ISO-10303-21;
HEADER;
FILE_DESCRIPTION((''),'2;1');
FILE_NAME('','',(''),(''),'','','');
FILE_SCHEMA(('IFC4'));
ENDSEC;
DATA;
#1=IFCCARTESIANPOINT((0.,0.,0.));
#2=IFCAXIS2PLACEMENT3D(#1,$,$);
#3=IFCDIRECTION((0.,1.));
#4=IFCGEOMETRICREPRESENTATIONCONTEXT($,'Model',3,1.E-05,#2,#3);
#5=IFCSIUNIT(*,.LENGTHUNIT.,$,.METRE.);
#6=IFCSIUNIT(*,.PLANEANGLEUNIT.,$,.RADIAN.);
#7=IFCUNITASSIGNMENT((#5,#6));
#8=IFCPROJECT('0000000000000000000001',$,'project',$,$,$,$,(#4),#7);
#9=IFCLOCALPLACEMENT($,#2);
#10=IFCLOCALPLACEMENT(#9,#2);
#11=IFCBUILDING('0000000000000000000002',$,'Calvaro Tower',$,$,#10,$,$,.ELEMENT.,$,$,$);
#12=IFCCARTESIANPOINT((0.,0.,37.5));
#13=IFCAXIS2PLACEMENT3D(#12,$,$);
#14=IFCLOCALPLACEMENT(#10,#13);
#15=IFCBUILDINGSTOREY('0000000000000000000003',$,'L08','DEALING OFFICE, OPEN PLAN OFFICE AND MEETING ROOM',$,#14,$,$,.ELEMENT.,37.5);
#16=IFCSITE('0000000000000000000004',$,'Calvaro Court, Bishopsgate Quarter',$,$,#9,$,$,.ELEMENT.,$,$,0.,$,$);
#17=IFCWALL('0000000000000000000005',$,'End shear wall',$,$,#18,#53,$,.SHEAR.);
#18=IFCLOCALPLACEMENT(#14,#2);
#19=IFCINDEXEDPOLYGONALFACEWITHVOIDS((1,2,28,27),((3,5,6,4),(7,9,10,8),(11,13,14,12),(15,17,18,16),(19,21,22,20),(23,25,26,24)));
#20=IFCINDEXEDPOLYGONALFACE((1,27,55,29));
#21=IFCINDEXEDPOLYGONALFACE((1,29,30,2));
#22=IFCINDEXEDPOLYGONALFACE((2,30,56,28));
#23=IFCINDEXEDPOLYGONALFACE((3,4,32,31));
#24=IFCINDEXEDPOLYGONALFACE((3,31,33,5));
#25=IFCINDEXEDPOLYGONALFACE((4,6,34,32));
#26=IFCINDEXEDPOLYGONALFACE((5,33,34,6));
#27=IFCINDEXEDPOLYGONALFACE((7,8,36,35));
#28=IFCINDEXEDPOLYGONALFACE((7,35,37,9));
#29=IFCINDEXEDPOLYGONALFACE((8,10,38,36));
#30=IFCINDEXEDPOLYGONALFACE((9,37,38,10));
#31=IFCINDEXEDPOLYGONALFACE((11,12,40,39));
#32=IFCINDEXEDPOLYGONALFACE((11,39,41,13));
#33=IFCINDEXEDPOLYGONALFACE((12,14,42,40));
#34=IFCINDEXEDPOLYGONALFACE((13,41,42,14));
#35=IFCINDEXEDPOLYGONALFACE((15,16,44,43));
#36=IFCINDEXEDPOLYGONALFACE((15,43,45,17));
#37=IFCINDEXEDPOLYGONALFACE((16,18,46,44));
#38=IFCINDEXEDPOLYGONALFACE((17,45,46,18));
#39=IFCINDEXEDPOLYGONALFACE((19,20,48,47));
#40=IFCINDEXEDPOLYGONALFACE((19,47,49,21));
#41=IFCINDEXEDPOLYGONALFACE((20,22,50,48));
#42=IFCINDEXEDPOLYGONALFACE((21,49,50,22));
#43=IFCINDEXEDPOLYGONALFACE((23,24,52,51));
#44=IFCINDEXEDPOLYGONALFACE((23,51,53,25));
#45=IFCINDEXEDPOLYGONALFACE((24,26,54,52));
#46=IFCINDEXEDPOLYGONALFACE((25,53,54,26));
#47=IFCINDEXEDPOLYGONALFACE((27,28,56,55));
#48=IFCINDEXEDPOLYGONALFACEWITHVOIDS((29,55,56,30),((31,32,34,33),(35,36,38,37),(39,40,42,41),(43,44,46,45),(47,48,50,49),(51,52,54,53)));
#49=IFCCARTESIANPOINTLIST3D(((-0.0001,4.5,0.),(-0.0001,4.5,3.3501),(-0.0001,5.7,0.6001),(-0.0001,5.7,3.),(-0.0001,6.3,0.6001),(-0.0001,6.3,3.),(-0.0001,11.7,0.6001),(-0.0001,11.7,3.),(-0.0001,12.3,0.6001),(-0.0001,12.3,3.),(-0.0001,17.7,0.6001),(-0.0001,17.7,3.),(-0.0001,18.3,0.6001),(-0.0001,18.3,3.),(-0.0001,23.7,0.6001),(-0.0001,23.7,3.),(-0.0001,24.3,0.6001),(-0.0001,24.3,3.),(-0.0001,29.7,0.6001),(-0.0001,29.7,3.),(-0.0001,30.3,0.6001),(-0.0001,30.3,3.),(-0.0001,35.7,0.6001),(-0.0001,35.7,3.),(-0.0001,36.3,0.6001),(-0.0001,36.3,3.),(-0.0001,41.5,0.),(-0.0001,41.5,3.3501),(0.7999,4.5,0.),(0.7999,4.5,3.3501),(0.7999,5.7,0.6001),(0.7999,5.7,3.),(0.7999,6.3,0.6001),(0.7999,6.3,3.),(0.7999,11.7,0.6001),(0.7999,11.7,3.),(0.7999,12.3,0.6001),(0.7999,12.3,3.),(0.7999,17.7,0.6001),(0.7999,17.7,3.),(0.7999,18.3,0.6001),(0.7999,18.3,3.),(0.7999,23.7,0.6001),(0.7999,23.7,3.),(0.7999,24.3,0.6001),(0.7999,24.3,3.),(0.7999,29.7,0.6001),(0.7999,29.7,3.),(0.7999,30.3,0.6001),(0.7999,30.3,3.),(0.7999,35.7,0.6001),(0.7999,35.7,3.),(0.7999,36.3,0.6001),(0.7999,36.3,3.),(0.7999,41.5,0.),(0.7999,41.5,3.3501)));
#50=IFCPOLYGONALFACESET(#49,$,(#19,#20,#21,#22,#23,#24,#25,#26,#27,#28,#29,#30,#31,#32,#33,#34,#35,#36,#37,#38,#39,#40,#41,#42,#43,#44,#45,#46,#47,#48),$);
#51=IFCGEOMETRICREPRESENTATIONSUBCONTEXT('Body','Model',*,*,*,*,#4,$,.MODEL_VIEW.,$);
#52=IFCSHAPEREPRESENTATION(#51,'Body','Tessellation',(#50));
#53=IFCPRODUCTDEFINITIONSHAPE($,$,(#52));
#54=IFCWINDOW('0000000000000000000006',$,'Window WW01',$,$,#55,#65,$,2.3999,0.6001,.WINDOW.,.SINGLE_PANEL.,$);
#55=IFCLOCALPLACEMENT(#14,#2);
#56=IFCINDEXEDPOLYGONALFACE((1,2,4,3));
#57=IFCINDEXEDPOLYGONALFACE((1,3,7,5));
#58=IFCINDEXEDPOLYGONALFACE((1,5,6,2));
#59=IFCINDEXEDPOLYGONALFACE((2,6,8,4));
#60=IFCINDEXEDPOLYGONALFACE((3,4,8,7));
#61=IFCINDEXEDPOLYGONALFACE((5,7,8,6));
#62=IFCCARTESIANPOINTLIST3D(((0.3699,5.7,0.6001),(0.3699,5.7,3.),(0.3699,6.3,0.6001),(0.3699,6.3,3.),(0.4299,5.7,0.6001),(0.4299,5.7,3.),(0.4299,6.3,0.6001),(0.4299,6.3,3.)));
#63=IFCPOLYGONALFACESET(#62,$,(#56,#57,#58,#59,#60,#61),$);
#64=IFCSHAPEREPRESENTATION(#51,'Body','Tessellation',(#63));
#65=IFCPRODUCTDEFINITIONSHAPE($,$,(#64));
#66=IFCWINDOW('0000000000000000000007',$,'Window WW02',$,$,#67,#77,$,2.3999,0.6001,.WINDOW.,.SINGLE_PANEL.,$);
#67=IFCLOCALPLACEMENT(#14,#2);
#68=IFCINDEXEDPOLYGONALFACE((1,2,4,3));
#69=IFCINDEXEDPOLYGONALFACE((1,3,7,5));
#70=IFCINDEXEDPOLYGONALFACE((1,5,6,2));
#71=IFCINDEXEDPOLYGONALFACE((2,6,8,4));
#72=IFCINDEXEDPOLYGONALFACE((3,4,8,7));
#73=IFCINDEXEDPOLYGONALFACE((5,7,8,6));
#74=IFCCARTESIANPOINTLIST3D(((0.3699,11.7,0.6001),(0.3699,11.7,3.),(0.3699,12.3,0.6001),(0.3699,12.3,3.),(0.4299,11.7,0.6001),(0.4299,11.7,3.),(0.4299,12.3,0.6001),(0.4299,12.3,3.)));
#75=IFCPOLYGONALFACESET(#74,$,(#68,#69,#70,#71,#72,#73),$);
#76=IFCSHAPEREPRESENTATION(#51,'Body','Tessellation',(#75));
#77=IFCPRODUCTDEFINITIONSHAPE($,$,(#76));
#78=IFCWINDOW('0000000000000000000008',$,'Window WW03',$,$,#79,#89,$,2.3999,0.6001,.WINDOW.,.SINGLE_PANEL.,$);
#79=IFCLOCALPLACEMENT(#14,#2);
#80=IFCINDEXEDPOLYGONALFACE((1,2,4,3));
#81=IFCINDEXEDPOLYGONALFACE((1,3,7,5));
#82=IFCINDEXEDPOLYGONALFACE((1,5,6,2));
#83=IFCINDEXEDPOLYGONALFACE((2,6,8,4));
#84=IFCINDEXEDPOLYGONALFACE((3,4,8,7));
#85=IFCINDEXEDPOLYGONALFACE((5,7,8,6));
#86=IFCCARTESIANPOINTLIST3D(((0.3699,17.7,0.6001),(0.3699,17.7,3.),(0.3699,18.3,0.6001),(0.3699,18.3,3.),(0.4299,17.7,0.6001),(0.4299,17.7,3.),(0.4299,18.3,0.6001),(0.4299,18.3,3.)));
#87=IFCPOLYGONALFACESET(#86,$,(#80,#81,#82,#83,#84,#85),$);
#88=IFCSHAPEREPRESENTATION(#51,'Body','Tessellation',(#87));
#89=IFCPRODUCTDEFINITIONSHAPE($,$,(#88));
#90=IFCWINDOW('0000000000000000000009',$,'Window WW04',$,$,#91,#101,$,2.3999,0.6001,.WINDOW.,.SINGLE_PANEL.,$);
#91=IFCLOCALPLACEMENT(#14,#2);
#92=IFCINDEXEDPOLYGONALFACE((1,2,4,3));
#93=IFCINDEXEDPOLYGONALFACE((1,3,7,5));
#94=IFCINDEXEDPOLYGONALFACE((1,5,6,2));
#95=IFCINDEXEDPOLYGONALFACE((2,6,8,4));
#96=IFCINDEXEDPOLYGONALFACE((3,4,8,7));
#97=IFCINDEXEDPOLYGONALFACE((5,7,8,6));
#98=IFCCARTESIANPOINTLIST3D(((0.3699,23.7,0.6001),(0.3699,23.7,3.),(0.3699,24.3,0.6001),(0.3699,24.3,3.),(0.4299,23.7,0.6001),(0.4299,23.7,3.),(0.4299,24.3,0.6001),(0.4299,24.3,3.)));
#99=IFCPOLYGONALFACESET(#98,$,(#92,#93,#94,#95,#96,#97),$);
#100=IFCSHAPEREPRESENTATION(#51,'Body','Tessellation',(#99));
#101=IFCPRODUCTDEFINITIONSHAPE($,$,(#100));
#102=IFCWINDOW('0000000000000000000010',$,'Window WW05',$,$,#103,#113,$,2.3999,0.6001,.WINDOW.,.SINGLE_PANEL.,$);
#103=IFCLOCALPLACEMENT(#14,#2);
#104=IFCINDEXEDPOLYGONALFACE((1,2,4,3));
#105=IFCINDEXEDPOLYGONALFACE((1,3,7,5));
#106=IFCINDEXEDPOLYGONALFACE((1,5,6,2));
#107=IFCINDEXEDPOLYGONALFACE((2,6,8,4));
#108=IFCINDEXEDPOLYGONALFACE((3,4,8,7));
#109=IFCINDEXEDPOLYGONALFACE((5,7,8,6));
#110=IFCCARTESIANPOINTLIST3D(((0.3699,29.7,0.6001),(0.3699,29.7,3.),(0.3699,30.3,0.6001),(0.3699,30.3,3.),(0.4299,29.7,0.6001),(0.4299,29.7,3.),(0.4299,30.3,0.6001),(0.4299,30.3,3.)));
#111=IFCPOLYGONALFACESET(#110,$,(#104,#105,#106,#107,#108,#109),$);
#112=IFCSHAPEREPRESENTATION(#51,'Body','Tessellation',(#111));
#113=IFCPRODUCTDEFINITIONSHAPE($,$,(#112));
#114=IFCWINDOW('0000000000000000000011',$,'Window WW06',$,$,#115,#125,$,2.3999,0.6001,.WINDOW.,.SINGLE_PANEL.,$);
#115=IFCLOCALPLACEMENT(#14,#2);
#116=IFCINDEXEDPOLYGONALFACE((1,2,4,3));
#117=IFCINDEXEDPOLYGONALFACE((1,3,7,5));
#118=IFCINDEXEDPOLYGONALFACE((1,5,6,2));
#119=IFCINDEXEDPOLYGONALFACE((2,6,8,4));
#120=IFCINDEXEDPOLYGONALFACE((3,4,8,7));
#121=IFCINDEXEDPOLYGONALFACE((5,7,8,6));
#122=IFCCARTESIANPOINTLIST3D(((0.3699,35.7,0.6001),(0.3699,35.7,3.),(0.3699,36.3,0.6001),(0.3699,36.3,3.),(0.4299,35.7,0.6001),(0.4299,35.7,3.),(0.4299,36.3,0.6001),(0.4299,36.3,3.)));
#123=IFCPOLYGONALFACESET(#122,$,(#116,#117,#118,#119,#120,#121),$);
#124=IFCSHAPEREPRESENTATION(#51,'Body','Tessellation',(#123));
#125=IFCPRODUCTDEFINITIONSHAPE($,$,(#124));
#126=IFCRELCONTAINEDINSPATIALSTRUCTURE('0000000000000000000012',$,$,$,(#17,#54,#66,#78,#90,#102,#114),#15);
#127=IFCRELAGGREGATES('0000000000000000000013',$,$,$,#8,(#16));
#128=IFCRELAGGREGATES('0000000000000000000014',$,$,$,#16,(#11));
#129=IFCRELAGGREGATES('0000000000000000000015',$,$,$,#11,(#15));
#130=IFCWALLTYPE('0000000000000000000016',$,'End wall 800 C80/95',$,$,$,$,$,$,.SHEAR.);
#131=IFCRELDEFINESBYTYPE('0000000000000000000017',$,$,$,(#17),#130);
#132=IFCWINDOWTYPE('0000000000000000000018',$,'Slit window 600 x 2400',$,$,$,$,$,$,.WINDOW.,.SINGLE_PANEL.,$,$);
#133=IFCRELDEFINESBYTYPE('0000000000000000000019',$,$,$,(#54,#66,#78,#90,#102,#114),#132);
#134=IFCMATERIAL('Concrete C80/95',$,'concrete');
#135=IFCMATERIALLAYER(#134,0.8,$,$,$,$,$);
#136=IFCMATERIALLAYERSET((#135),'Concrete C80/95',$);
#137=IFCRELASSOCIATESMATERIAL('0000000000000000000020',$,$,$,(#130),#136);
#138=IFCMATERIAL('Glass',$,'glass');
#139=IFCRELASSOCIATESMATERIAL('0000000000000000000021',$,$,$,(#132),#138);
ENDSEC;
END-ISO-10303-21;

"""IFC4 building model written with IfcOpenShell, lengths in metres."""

from ifc_helpers import new_model, si_unit, direction, frame, frame_2d, origin, place, context, subcontext, project, spatial, rectangle, extrude, material, layer, layer_set, type_object, element, fill, save


model = new_model("IFC4")

# Units and contexts
model_context = context("Model", 3, precision=1e-05, world=origin(), true_north=direction((0.0, 1.0)))
body_context = subcontext(model_context, "Body", "Model", "MODEL_VIEW")
ifc_project = project(units=[si_unit("LENGTHUNIT", "METRE"), si_unit("PLANEANGLEUNIT", "RADIAN")], contexts=[model_context])

# Site, building, storey
site_placement = place(None, origin())
site = spatial("IfcSite", under=ifc_project, at=site_placement, Name="Calvaro Court, Bishopsgate Quarter", CompositionType="ELEMENT", RefElevation=0.0)
building_placement = place(site_placement, origin())
building = spatial("IfcBuilding", under=site, at=building_placement, Name="Calvaro Tower", CompositionType="ELEMENT")
storey_placement = place(building_placement, frame((0.0, 0.0, 37.5)))
storey = spatial("IfcBuildingStorey", under=building, at=storey_placement, Name="L08", Description="DEALING OFFICE, OPEN PLAN OFFICE AND MEETING ROOM", CompositionType="ELEMENT", Elevation=37.5)

# Wall, openings, windows
ifc_material_1 = material(Name="Concrete C80/95", Category="concrete")
ifc_layer_1 = layer(ifc_material_1, 0.8)
ifc_layer_set_1 = layer_set([ifc_layer_1], Name="Concrete C80/95")
wall_type = type_object("IfcWallType", Name="End wall 800 C80/95", PredefinedType="SHEAR", material=ifc_layer_set_1)
wall_placement = place(storey_placement, frame((0.3999, 4.5, 0.0), z_axis=(0.0, 0.0, 1.0), x_axis=(0.0, 1.0, 0.0)))
wall = element("IfcWall", 1, at=wall_placement, inside=storey, type_object=wall_type, Name="End shear wall", PredefinedType="SHEAR", context=body_context, shape_type="SweptSolid", body=[
    extrude(rectangle(XDim=37.0, YDim=0.8, at=frame_2d((18.5, 0.0))), origin(), (0.0, 0.0, 1.0), 3.3501),
])
opening_1_placement = place(wall_placement, frame((1.2, 0.0, 0.6001)))
opening_1 = element("IfcOpeningElement", 2, at=opening_1_placement, cuts=wall, PredefinedType="OPENING", context=body_context, shape_type="SweptSolid", body=[
    extrude(rectangle(XDim=0.6001, YDim=2.3999, at=frame_2d((0.3, 1.2))), frame((0.0, 0.4099, 0.0), z_axis=(0.0, -1.0, 0.0), x_axis=(1.0, 0.0, 0.0)), (0.0, 0.0, 1.0), 0.8201),
])
opening_2_placement = place(wall_placement, frame((7.2, 0.0, 0.6001)))
opening_2 = element("IfcOpeningElement", 3, at=opening_2_placement, cuts=wall, PredefinedType="OPENING", context=body_context, shape_type="SweptSolid", body=[
    extrude(rectangle(XDim=0.6001, YDim=2.3999, at=frame_2d((0.3, 1.2))), frame((0.0, 0.4099, 0.0), z_axis=(0.0, -1.0, 0.0), x_axis=(1.0, 0.0, 0.0)), (0.0, 0.0, 1.0), 0.8201),
])
opening_3_placement = place(wall_placement, frame((13.2, 0.0, 0.6001)))
opening_3 = element("IfcOpeningElement", 4, at=opening_3_placement, cuts=wall, PredefinedType="OPENING", context=body_context, shape_type="SweptSolid", body=[
    extrude(rectangle(XDim=0.6001, YDim=2.3999, at=frame_2d((0.3, 1.2))), frame((0.0, 0.4099, 0.0), z_axis=(0.0, -1.0, 0.0), x_axis=(1.0, 0.0, 0.0)), (0.0, 0.0, 1.0), 0.8201),
])
opening_4_placement = place(wall_placement, frame((19.2, 0.0, 0.6001)))
opening_4 = element("IfcOpeningElement", 5, at=opening_4_placement, cuts=wall, PredefinedType="OPENING", context=body_context, shape_type="SweptSolid", body=[
    extrude(rectangle(XDim=0.6001, YDim=2.3999, at=frame_2d((0.3, 1.2))), frame((0.0, 0.4099, 0.0), z_axis=(0.0, -1.0, 0.0), x_axis=(1.0, 0.0, 0.0)), (0.0, 0.0, 1.0), 0.8201),
])
opening_5_placement = place(wall_placement, frame((25.2, 0.0, 0.6001)))
opening_5 = element("IfcOpeningElement", 6, at=opening_5_placement, cuts=wall, PredefinedType="OPENING", context=body_context, shape_type="SweptSolid", body=[
    extrude(rectangle(XDim=0.6001, YDim=2.3999, at=frame_2d((0.3, 1.2))), frame((0.0, 0.4099, 0.0), z_axis=(0.0, -1.0, 0.0), x_axis=(1.0, 0.0, 0.0)), (0.0, 0.0, 1.0), 0.8201),
])
opening_6_placement = place(wall_placement, frame((31.2, 0.0, 0.6001)))
opening_6 = element("IfcOpeningElement", 7, at=opening_6_placement, cuts=wall, PredefinedType="OPENING", context=body_context, shape_type="SweptSolid", body=[
    extrude(rectangle(XDim=0.6001, YDim=2.3999, at=frame_2d((0.3, 1.2))), frame((0.0, 0.4099, 0.0), z_axis=(0.0, -1.0, 0.0), x_axis=(1.0, 0.0, 0.0)), (0.0, 0.0, 1.0), 0.8201),
])
ifc_material_2 = material(Name="Glass", Category="glass")
window_type = type_object("IfcWindowType", Name="Slit window 600 x 2400", PartitioningType="SINGLE_PANEL", PredefinedType="WINDOW", material=ifc_material_2)
window_1_placement = place(opening_1_placement, origin())
window_1 = element("IfcWindow", 8, at=window_1_placement, inside=storey, type_object=window_type, Name="Window WW01", OverallHeight=2.3999, OverallWidth=0.6001, PartitioningType="SINGLE_PANEL", PredefinedType="WINDOW", context=body_context, shape_type="SweptSolid", body=[
    extrude(rectangle(XDim=0.6001, YDim=2.3999, at=frame_2d((0.3, 1.2))), frame((0.0, 0.03, 0.0), z_axis=(0.0, -1.0, 0.0), x_axis=(1.0, 0.0, 0.0)), (0.0, 0.0, 1.0), 0.0601),
])
fill(opening_1, window_1)
window_2_placement = place(opening_2_placement, origin())
window_2 = element("IfcWindow", 9, at=window_2_placement, inside=storey, type_object=window_type, Name="Window WW02", OverallHeight=2.3999, OverallWidth=0.6001, PartitioningType="SINGLE_PANEL", PredefinedType="WINDOW", context=body_context, shape_type="SweptSolid", body=[
    extrude(rectangle(XDim=0.6001, YDim=2.3999, at=frame_2d((0.3, 1.2))), frame((0.0, 0.03, 0.0), z_axis=(0.0, -1.0, 0.0), x_axis=(1.0, 0.0, 0.0)), (0.0, 0.0, 1.0), 0.0601),
])
fill(opening_2, window_2)
window_3_placement = place(opening_3_placement, origin())
window_3 = element("IfcWindow", 10, at=window_3_placement, inside=storey, type_object=window_type, Name="Window WW03", OverallHeight=2.3999, OverallWidth=0.6001, PartitioningType="SINGLE_PANEL", PredefinedType="WINDOW", context=body_context, shape_type="SweptSolid", body=[
    extrude(rectangle(XDim=0.6001, YDim=2.3999, at=frame_2d((0.3, 1.2))), frame((0.0, 0.03, 0.0), z_axis=(0.0, -1.0, 0.0), x_axis=(1.0, 0.0, 0.0)), (0.0, 0.0, 1.0), 0.0601),
])
fill(opening_3, window_3)
window_4_placement = place(opening_4_placement, origin())
window_4 = element("IfcWindow", 11, at=window_4_placement, inside=storey, type_object=window_type, Name="Window WW04", OverallHeight=2.3999, OverallWidth=0.6001, PartitioningType="SINGLE_PANEL", PredefinedType="WINDOW", context=body_context, shape_type="SweptSolid", body=[
    extrude(rectangle(XDim=0.6001, YDim=2.3999, at=frame_2d((0.3, 1.2))), frame((0.0, 0.03, 0.0), z_axis=(0.0, -1.0, 0.0), x_axis=(1.0, 0.0, 0.0)), (0.0, 0.0, 1.0), 0.0601),
])
fill(opening_4, window_4)
window_5_placement = place(opening_5_placement, origin())
window_5 = element("IfcWindow", 12, at=window_5_placement, inside=storey, type_object=window_type, Name="Window WW05", OverallHeight=2.3999, OverallWidth=0.6001, PartitioningType="SINGLE_PANEL", PredefinedType="WINDOW", context=body_context, shape_type="SweptSolid", body=[
    extrude(rectangle(XDim=0.6001, YDim=2.3999, at=frame_2d((0.3, 1.2))), frame((0.0, 0.03, 0.0), z_axis=(0.0, -1.0, 0.0), x_axis=(1.0, 0.0, 0.0)), (0.0, 0.0, 1.0), 0.0601),
])
fill(opening_5, window_5)
window_6_placement = place(opening_6_placement, origin())
window_6 = element("IfcWindow", 13, at=window_6_placement, inside=storey, type_object=window_type, Name="Window WW06", OverallHeight=2.3999, OverallWidth=0.6001, PartitioningType="SINGLE_PANEL", PredefinedType="WINDOW", context=body_context, shape_type="SweptSolid", body=[
    extrude(rectangle(XDim=0.6001, YDim=2.3999, at=frame_2d((0.3, 1.2))), frame((0.0, 0.03, 0.0), z_axis=(0.0, -1.0, 0.0), x_axis=(1.0, 0.0, 0.0)), (0.0, 0.0, 1.0), 0.0601),
])
fill(opening_6, window_6)

save(model, "model.ifc")
